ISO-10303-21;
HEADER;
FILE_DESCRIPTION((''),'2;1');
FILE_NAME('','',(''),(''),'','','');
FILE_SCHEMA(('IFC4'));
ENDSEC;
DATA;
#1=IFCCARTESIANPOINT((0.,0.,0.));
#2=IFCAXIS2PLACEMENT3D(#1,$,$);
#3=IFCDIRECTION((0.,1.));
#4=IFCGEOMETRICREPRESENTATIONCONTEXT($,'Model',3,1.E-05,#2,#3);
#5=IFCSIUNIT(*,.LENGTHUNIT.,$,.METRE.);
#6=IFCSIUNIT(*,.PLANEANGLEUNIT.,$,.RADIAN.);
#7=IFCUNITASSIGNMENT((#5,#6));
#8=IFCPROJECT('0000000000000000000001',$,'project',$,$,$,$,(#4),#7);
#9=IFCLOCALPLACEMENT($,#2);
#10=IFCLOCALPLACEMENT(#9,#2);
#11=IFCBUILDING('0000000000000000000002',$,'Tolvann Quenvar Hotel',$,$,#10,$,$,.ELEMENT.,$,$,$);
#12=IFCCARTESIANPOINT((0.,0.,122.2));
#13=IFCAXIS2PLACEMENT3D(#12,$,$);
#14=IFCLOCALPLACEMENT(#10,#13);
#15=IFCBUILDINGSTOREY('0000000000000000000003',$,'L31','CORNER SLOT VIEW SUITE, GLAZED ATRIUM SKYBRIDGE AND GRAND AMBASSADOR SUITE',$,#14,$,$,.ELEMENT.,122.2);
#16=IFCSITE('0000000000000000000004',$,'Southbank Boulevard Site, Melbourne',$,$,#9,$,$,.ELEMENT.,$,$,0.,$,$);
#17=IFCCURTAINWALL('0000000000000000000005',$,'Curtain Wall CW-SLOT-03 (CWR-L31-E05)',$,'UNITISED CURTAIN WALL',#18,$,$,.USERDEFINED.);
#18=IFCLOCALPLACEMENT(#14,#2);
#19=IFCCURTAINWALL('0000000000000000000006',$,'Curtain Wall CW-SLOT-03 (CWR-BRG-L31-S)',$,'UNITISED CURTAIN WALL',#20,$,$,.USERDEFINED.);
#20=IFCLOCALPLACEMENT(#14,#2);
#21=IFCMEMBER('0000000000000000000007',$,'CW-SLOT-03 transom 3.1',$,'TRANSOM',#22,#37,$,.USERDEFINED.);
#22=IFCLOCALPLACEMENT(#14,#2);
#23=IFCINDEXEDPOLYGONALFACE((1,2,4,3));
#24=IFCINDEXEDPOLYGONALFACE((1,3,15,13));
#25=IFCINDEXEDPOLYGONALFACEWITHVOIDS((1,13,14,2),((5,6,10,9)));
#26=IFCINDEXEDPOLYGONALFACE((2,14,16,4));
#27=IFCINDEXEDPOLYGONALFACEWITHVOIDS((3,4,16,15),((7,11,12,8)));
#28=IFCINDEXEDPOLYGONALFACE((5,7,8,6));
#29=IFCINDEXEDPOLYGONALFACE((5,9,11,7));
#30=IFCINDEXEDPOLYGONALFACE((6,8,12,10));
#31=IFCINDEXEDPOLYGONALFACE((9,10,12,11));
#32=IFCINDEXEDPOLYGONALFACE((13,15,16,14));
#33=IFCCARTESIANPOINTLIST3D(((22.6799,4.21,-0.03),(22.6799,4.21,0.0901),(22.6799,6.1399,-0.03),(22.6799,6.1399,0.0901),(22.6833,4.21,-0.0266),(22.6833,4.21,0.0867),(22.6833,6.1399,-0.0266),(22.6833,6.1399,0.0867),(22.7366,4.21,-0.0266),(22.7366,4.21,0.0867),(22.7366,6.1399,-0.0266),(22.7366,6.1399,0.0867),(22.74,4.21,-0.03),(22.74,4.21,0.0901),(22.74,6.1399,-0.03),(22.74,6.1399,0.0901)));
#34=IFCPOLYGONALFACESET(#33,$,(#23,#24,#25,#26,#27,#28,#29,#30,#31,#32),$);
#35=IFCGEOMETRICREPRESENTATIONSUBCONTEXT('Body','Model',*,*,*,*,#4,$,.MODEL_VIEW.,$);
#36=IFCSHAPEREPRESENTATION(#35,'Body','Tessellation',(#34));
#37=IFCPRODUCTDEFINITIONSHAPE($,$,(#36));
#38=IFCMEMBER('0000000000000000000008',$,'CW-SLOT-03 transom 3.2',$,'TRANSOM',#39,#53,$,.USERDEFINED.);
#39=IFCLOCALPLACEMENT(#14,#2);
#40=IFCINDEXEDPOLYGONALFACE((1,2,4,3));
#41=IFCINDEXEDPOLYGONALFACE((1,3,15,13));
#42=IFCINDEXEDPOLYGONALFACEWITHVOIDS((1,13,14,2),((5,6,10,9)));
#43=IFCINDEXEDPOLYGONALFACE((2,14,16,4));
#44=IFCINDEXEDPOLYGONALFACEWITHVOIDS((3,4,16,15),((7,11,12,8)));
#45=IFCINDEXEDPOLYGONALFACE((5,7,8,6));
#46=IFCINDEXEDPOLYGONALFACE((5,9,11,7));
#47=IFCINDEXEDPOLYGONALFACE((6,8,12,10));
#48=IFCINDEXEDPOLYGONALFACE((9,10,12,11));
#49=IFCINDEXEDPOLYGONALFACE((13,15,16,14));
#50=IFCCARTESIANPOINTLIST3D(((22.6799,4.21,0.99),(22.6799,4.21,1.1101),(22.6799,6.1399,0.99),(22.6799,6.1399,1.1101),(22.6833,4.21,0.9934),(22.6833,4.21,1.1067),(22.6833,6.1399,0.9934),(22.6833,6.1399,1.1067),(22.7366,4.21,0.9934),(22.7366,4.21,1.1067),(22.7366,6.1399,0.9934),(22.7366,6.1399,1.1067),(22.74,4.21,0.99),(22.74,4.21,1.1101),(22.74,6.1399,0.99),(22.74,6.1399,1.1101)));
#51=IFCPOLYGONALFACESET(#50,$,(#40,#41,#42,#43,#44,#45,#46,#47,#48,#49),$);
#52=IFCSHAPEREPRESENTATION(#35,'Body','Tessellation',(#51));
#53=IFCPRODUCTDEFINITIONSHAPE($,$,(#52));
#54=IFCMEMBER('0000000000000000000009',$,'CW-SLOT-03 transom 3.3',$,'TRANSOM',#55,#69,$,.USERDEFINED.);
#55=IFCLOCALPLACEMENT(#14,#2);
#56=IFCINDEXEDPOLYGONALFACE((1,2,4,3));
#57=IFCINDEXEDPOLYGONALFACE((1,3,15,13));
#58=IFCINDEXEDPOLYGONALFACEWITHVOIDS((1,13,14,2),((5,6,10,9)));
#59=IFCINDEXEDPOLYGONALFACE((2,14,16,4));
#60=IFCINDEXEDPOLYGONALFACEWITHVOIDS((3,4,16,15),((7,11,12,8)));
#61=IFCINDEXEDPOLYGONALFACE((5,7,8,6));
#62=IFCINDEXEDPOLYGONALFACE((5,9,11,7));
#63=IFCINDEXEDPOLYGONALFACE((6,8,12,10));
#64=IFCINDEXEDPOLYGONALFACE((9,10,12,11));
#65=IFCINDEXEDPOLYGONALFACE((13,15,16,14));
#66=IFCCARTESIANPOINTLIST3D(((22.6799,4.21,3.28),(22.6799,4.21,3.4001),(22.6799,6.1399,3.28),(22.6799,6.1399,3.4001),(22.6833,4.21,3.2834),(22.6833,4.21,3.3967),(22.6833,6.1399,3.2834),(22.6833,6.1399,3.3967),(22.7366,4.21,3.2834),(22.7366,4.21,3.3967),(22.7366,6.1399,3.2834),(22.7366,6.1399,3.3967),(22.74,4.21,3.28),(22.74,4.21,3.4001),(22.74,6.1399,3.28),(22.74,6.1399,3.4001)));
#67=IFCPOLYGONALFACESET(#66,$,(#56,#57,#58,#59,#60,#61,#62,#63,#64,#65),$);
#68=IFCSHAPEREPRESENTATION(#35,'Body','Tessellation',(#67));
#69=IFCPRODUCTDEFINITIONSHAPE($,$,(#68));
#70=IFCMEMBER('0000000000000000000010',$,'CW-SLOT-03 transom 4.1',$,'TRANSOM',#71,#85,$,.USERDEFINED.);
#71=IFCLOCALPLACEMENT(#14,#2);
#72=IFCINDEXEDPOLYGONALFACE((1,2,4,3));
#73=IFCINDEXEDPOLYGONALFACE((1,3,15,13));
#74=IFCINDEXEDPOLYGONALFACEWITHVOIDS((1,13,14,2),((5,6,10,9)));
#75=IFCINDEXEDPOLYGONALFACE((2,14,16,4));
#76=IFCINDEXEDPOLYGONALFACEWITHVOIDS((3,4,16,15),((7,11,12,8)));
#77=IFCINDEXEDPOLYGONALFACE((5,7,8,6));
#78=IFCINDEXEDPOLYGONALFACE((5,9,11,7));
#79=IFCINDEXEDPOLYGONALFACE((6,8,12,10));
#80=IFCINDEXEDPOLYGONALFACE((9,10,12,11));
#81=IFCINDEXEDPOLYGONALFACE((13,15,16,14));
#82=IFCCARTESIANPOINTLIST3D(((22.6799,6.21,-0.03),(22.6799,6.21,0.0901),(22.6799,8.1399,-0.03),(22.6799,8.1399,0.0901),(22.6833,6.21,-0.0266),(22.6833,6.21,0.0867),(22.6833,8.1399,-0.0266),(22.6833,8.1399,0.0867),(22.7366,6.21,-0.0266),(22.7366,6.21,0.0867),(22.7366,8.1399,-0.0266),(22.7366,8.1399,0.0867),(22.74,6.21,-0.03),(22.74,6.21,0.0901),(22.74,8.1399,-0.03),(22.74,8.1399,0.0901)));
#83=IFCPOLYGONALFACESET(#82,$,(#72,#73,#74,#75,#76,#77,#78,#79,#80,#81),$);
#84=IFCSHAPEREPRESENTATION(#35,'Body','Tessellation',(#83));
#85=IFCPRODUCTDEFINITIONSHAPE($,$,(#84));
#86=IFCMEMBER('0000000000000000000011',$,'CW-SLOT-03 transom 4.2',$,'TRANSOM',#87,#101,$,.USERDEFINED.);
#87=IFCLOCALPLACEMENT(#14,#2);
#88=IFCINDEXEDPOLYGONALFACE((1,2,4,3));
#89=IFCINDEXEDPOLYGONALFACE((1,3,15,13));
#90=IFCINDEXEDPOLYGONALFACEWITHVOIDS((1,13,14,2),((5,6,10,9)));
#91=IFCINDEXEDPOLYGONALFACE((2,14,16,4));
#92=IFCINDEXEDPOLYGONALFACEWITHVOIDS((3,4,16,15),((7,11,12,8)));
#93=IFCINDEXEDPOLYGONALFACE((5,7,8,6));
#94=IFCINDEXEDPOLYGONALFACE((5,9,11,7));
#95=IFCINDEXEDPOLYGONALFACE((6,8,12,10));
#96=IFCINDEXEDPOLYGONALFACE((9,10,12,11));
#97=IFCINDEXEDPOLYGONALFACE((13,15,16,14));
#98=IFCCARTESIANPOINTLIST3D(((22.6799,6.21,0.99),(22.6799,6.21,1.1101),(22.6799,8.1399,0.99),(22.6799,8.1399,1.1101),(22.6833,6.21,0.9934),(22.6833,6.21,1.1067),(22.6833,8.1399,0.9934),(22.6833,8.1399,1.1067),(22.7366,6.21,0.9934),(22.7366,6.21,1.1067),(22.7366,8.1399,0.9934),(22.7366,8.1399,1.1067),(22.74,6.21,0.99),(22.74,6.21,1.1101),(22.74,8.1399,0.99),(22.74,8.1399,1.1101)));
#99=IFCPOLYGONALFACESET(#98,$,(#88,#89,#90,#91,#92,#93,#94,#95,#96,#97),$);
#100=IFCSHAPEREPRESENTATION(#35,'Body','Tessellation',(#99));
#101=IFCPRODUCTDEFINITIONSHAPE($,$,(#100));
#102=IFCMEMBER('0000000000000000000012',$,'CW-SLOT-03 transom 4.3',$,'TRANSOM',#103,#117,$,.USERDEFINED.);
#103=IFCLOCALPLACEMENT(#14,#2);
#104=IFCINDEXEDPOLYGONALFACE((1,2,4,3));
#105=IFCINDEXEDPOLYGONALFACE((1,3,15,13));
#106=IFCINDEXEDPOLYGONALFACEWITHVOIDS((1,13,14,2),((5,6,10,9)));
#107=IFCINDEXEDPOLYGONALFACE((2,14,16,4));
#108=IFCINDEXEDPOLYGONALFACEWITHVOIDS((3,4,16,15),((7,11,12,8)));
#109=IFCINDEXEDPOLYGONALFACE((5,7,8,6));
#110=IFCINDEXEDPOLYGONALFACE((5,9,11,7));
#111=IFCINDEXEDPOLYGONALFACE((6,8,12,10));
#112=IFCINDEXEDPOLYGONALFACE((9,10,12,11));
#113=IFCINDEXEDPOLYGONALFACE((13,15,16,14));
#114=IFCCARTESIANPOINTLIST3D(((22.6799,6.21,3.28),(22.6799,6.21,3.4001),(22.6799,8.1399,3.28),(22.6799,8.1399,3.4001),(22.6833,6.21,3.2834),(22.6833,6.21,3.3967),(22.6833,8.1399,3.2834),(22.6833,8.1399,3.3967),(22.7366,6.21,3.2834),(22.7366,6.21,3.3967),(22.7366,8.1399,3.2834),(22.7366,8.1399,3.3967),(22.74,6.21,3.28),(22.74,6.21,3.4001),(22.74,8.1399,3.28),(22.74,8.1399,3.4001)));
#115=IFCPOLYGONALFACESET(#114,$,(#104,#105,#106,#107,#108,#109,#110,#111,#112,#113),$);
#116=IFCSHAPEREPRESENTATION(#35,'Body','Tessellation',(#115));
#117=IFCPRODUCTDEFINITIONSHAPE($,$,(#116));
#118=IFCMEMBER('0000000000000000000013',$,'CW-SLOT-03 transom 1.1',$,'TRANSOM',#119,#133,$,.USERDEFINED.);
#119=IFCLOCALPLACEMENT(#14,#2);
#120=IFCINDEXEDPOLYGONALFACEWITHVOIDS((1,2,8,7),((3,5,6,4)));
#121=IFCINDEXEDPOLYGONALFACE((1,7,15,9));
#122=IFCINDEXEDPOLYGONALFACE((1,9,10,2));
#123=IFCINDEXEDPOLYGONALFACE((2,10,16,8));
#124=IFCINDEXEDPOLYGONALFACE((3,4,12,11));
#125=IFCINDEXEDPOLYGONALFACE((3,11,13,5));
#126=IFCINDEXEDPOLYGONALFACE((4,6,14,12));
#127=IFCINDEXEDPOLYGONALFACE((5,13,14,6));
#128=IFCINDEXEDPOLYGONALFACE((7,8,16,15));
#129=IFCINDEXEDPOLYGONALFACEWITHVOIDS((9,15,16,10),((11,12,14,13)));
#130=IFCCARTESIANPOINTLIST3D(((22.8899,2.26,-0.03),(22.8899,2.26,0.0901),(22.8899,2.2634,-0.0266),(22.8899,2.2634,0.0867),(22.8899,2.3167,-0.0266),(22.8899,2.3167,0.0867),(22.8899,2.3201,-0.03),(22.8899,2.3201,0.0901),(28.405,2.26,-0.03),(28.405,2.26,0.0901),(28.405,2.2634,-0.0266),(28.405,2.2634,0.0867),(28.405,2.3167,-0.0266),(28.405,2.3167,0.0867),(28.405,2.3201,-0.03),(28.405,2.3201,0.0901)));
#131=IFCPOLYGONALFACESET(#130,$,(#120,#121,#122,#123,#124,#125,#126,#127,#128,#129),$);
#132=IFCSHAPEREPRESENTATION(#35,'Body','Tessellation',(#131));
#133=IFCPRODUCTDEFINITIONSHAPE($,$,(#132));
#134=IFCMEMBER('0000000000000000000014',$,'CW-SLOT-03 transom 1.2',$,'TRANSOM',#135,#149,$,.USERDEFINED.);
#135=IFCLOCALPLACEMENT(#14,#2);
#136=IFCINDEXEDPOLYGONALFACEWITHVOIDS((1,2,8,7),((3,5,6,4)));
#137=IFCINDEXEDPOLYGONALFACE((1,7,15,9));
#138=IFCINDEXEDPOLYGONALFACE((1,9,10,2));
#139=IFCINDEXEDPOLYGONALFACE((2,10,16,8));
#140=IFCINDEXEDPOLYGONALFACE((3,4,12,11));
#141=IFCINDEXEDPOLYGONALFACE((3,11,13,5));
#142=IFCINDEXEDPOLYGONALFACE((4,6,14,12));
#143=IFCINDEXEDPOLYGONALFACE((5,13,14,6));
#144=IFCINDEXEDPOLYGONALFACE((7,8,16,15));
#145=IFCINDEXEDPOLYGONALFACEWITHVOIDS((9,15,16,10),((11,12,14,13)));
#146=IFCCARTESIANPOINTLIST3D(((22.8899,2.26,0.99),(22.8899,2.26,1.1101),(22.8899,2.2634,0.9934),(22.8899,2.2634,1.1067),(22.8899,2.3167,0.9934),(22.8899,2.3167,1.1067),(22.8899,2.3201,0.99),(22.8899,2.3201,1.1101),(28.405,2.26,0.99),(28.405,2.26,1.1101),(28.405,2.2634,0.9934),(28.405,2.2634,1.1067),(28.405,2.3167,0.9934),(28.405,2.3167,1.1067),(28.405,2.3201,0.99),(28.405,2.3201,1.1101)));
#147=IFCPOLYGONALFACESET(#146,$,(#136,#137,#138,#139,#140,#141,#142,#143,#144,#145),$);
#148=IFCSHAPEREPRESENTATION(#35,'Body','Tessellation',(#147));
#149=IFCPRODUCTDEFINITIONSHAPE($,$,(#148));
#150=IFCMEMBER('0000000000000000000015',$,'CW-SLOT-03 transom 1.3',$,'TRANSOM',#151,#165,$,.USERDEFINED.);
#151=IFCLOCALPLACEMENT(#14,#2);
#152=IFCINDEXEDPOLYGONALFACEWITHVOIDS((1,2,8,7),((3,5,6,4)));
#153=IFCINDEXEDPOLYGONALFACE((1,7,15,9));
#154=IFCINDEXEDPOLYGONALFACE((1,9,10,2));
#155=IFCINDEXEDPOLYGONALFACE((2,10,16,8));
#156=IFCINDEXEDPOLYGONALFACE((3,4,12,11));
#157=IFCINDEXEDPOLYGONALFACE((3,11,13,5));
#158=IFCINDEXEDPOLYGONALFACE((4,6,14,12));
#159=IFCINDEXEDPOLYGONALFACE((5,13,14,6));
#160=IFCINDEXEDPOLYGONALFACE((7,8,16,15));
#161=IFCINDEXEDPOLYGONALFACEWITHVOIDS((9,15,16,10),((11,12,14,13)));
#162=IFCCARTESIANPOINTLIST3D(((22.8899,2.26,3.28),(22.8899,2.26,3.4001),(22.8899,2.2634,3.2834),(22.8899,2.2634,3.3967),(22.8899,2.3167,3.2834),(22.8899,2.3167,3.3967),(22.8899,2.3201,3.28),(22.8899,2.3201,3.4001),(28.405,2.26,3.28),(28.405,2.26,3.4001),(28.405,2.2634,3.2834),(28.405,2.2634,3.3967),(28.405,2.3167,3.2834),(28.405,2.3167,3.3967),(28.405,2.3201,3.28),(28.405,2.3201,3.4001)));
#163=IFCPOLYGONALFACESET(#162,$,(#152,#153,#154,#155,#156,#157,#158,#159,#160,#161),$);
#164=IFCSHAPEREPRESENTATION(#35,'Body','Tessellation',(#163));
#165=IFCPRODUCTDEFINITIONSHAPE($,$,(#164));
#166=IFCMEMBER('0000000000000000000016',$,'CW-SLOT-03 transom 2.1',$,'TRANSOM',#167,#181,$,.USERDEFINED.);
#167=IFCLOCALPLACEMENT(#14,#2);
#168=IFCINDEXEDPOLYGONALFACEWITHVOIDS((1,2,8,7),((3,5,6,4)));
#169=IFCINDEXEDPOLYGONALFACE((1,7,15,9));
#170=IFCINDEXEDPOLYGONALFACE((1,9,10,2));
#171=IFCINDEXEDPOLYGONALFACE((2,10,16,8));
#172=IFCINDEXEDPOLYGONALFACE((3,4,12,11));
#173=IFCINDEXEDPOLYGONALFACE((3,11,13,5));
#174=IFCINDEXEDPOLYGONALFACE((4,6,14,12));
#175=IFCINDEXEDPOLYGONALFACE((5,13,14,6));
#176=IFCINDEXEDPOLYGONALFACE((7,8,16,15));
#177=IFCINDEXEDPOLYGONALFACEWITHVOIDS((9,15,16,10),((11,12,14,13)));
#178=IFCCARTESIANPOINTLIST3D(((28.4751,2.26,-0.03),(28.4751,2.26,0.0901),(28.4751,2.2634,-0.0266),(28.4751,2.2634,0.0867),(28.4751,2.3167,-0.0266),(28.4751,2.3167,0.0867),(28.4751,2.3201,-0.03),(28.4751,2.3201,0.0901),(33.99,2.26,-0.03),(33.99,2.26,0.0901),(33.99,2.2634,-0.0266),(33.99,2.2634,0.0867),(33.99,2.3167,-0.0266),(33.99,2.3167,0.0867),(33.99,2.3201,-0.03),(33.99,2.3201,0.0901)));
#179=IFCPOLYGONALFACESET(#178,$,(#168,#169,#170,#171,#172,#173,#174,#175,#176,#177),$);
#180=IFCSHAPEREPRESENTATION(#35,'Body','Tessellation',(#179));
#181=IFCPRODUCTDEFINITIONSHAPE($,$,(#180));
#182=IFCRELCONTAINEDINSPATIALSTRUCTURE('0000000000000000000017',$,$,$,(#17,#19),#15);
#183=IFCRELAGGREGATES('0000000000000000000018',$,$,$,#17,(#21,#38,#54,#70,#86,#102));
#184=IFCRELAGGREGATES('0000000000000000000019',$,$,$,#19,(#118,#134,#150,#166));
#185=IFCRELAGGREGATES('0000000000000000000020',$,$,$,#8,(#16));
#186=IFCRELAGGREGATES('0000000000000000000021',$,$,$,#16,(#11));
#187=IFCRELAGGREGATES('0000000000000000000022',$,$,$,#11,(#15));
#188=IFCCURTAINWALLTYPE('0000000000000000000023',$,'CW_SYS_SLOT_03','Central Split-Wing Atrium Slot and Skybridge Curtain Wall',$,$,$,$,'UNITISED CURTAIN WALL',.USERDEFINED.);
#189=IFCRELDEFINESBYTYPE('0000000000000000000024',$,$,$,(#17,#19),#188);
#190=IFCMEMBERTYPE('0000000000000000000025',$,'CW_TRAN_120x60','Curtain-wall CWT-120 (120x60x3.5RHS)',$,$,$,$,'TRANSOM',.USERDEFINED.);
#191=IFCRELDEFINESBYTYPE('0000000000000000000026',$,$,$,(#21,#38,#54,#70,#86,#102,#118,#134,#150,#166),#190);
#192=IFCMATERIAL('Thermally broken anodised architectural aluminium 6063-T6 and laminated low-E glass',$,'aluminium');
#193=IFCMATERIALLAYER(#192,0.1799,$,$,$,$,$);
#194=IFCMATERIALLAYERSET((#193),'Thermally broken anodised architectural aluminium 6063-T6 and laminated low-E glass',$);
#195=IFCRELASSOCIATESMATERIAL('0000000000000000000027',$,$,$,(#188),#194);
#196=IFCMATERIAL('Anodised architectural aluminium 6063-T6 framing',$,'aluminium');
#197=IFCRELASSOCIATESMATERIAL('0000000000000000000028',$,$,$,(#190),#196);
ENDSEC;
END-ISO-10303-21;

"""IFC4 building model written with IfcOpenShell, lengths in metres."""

from ifc_helpers import new_model, si_unit, direction, frame, origin, origin_2d, place, context, subcontext, project, spatial, hollow_rectangle, extrude, source, transform, mapped, material, layer, layer_set, material_profile, profile_set, type_object, type_shapes, element, aggregate, save


model = new_model("IFC4")

# Units and contexts
model_context = context("Model", 3, precision=1e-05, world=origin(), true_north=direction((0.0, 1.0)))
body_context = subcontext(model_context, "Body", "Model", "MODEL_VIEW")
ifc_project = project(units=[si_unit("LENGTHUNIT", "METRE"), si_unit("PLANEANGLEUNIT", "RADIAN")], contexts=[model_context])

# Site, building, storey
site_placement = place(None, origin())
site = spatial("IfcSite", under=ifc_project, at=site_placement, Name="Southbank Boulevard Site, Melbourne", CompositionType="ELEMENT", RefElevation=0.0)
building_placement = place(site_placement, origin())
building = spatial("IfcBuilding", under=site, at=building_placement, Name="Tolvann Quenvar Hotel", CompositionType="ELEMENT")
storey_placement = place(building_placement, frame((0.0, 0.0, 122.2)))
storey = spatial("IfcBuildingStorey", under=building, at=storey_placement, Name="L31", Description="CORNER SLOT VIEW SUITE, GLAZED ATRIUM SKYBRIDGE AND GRAND AMBASSADOR SUITE", CompositionType="ELEMENT", Elevation=122.2)

# Curtain walls
ifc_material_1 = material(Name="Thermally broken anodised architectural aluminium 6063-T6 and laminated low-E glass", Category="aluminium")
ifc_layer_1 = layer(ifc_material_1, 0.1799)
ifc_layer_set_1 = layer_set([ifc_layer_1], Name="Thermally broken anodised architectural aluminium 6063-T6 and laminated low-E glass")
curtain_wall_type = type_object("IfcCurtainWallType", Name="CW_SYS_SLOT_03", Description="Central Split-Wing Atrium Slot and Skybridge Curtain Wall", ElementType="UNITISED CURTAIN WALL", PredefinedType="USERDEFINED", material=ifc_layer_set_1)
curtain_wall_1_placement = place(storey_placement, origin())
curtain_wall_1 = element("IfcCurtainWall", 1, at=curtain_wall_1_placement, inside=storey, type_object=curtain_wall_type, Name="Curtain Wall CW-SLOT-03 (CWR-L31-E05)", ObjectType="UNITISED CURTAIN WALL", PredefinedType="USERDEFINED")
ifc_material_2 = material(Name="Anodised architectural aluminium 6063-T6 framing", Category="aluminium")
curtain_wall_2_placement = place(storey_placement, origin())
curtain_wall_2 = element("IfcCurtainWall", 2, at=curtain_wall_2_placement, inside=storey, type_object=curtain_wall_type, Name="Curtain Wall CW-SLOT-03 (CWR-BRG-L31-S)", ObjectType="UNITISED CURTAIN WALL", PredefinedType="USERDEFINED")

# Members
ifc_material_profile_1 = material_profile(ifc_material_2, hollow_rectangle(XDim=0.0601, YDim=0.1201, WallThickness=0.0034, at=origin_2d()), Name="120x60x3.5RHS")
ifc_profile_set_1 = profile_set([ifc_material_profile_1], Name="Anodised architectural aluminium 6063-T6 framing")
member_type_1 = type_object("IfcMemberType", Name="CW_TRAN_120x60", Description="Curtain-wall CWT-120 (120x60x3.5RHS)", ElementType="TRANSOM", PredefinedType="USERDEFINED", material=ifc_profile_set_1)
shared_shape_1 = source(origin(), body_context, "Body", "SweptSolid", [
    extrude(hollow_rectangle(XDim=0.0601, YDim=0.1201, WallThickness=0.0034, at=origin_2d()), origin(), (0.0, 0.0, 1.0), 1.9299),
])
member_1_placement = place(storey_placement, frame((22.71, 4.21, 0.03), z_axis=(0.0, 1.0, 0.0), x_axis=(-1.0, 0.0, 0.0)))
member_1 = element("IfcMember", 3, at=member_1_placement, type_object=member_type_1, Name="CW-SLOT-03 transom 3.1", ObjectType="TRANSOM", PredefinedType="USERDEFINED", context=body_context, shape_type="MappedRepresentation", body=[
    mapped(shared_shape_1, transform((0.0, 0.0, 0.0), x_axis=(1.0, 0.0, 0.0), y_axis=(0.0, 1.0, 0.0), z_axis=(0.0, 0.0, 1.0), scale=1.0)),
])
member_2_placement = place(storey_placement, frame((22.71, 4.21, 1.05), z_axis=(0.0, 1.0, 0.0), x_axis=(-1.0, 0.0, 0.0)))
member_2 = element("IfcMember", 4, at=member_2_placement, type_object=member_type_1, Name="CW-SLOT-03 transom 3.2", ObjectType="TRANSOM", PredefinedType="USERDEFINED", context=body_context, shape_type="MappedRepresentation", body=[
    mapped(shared_shape_1, transform((0.0, 0.0, 0.0), x_axis=(1.0, 0.0, 0.0), y_axis=(0.0, 1.0, 0.0), z_axis=(0.0, 0.0, 1.0), scale=1.0)),
])
member_3_placement = place(storey_placement, frame((22.71, 4.21, 3.3401), z_axis=(0.0, 1.0, 0.0), x_axis=(-1.0, 0.0, 0.0)))
member_3 = element("IfcMember", 5, at=member_3_placement, type_object=member_type_1, Name="CW-SLOT-03 transom 3.3", ObjectType="TRANSOM", PredefinedType="USERDEFINED", context=body_context, shape_type="MappedRepresentation", body=[
    mapped(shared_shape_1, transform((0.0, 0.0, 0.0), x_axis=(1.0, 0.0, 0.0), y_axis=(0.0, 1.0, 0.0), z_axis=(0.0, 0.0, 1.0), scale=1.0)),
])
member_4_placement = place(storey_placement, frame((22.71, 6.21, 0.03), z_axis=(0.0, 1.0, 0.0), x_axis=(-1.0, 0.0, 0.0)))
member_4 = element("IfcMember", 6, at=member_4_placement, type_object=member_type_1, Name="CW-SLOT-03 transom 4.1", ObjectType="TRANSOM", PredefinedType="USERDEFINED", context=body_context, shape_type="MappedRepresentation", body=[
    mapped(shared_shape_1, transform((0.0, 0.0, 0.0), x_axis=(1.0, 0.0, 0.0), y_axis=(0.0, 1.0, 0.0), z_axis=(0.0, 0.0, 1.0), scale=1.0)),
])
member_5_placement = place(storey_placement, frame((22.71, 6.21, 1.05), z_axis=(0.0, 1.0, 0.0), x_axis=(-1.0, 0.0, 0.0)))
member_5 = element("IfcMember", 7, at=member_5_placement, type_object=member_type_1, Name="CW-SLOT-03 transom 4.2", ObjectType="TRANSOM", PredefinedType="USERDEFINED", context=body_context, shape_type="MappedRepresentation", body=[
    mapped(shared_shape_1, transform((0.0, 0.0, 0.0), x_axis=(1.0, 0.0, 0.0), y_axis=(0.0, 1.0, 0.0), z_axis=(0.0, 0.0, 1.0), scale=1.0)),
])
member_6_placement = place(storey_placement, frame((22.71, 6.21, 3.3401), z_axis=(0.0, 1.0, 0.0), x_axis=(-1.0, 0.0, 0.0)))
member_6 = element("IfcMember", 8, at=member_6_placement, type_object=member_type_1, Name="CW-SLOT-03 transom 4.3", ObjectType="TRANSOM", PredefinedType="USERDEFINED", context=body_context, shape_type="MappedRepresentation", body=[
    mapped(shared_shape_1, transform((0.0, 0.0, 0.0), x_axis=(1.0, 0.0, 0.0), y_axis=(0.0, 1.0, 0.0), z_axis=(0.0, 0.0, 1.0), scale=1.0)),
])
shared_shape_2 = source(origin(), body_context, "Body", "SweptSolid", [
    extrude(hollow_rectangle(XDim=0.0601, YDim=0.1201, WallThickness=0.0034, at=origin_2d()), origin(), (0.0, 0.0, 1.0), 5.5151),
])
member_7_placement = place(storey_placement, frame((22.8899, 2.29, 0.03), z_axis=(1.0, 0.0, 0.0), x_axis=(0.0, 1.0, 0.0)))
member_7 = element("IfcMember", 9, at=member_7_placement, type_object=member_type_1, Name="CW-SLOT-03 transom 1.1", ObjectType="TRANSOM", PredefinedType="USERDEFINED", context=body_context, shape_type="MappedRepresentation", body=[
    mapped(shared_shape_2, transform((0.0, 0.0, 0.0), x_axis=(1.0, 0.0, 0.0), y_axis=(0.0, 1.0, 0.0), z_axis=(0.0, 0.0, 1.0), scale=1.0)),
])
member_8_placement = place(storey_placement, frame((22.8899, 2.29, 1.05), z_axis=(1.0, 0.0, 0.0), x_axis=(0.0, 1.0, 0.0)))
member_8 = element("IfcMember", 10, at=member_8_placement, type_object=member_type_1, Name="CW-SLOT-03 transom 1.2", ObjectType="TRANSOM", PredefinedType="USERDEFINED", context=body_context, shape_type="MappedRepresentation", body=[
    mapped(shared_shape_2, transform((0.0, 0.0, 0.0), x_axis=(1.0, 0.0, 0.0), y_axis=(0.0, 1.0, 0.0), z_axis=(0.0, 0.0, 1.0), scale=1.0)),
])
member_9_placement = place(storey_placement, frame((22.8899, 2.29, 3.3401), z_axis=(1.0, 0.0, 0.0), x_axis=(0.0, 1.0, 0.0)))
member_9 = element("IfcMember", 11, at=member_9_placement, type_object=member_type_1, Name="CW-SLOT-03 transom 1.3", ObjectType="TRANSOM", PredefinedType="USERDEFINED", context=body_context, shape_type="MappedRepresentation", body=[
    mapped(shared_shape_2, transform((0.0, 0.0, 0.0), x_axis=(1.0, 0.0, 0.0), y_axis=(0.0, 1.0, 0.0), z_axis=(0.0, 0.0, 1.0), scale=1.0)),
])
shared_shape_3 = source(origin(), body_context, "Body", "SweptSolid", [
    extrude(hollow_rectangle(XDim=0.0601, YDim=0.1201, WallThickness=0.0034, at=origin_2d()), origin(), (0.0, 0.0, 1.0), 5.5149),
])
type_shapes(member_type_1, [shared_shape_1, shared_shape_2, shared_shape_3])
member_10_placement = place(storey_placement, frame((28.4751, 2.29, 0.03), z_axis=(1.0, 0.0, 0.0), x_axis=(0.0, 1.0, 0.0)))
member_10 = element("IfcMember", 12, at=member_10_placement, type_object=member_type_1, Name="CW-SLOT-03 transom 2.1", ObjectType="TRANSOM", PredefinedType="USERDEFINED", context=body_context, shape_type="MappedRepresentation", body=[
    mapped(shared_shape_3, transform((0.0, 0.0, 0.0), x_axis=(1.0, 0.0, 0.0), y_axis=(0.0, 1.0, 0.0), z_axis=(0.0, 0.0, 1.0), scale=1.0)),
])

aggregate(curtain_wall_1, [member_1, member_2, member_3, member_4, member_5, member_6])
aggregate(curtain_wall_2, [member_7, member_8, member_9, member_10])

save(model, "model.ifc")
